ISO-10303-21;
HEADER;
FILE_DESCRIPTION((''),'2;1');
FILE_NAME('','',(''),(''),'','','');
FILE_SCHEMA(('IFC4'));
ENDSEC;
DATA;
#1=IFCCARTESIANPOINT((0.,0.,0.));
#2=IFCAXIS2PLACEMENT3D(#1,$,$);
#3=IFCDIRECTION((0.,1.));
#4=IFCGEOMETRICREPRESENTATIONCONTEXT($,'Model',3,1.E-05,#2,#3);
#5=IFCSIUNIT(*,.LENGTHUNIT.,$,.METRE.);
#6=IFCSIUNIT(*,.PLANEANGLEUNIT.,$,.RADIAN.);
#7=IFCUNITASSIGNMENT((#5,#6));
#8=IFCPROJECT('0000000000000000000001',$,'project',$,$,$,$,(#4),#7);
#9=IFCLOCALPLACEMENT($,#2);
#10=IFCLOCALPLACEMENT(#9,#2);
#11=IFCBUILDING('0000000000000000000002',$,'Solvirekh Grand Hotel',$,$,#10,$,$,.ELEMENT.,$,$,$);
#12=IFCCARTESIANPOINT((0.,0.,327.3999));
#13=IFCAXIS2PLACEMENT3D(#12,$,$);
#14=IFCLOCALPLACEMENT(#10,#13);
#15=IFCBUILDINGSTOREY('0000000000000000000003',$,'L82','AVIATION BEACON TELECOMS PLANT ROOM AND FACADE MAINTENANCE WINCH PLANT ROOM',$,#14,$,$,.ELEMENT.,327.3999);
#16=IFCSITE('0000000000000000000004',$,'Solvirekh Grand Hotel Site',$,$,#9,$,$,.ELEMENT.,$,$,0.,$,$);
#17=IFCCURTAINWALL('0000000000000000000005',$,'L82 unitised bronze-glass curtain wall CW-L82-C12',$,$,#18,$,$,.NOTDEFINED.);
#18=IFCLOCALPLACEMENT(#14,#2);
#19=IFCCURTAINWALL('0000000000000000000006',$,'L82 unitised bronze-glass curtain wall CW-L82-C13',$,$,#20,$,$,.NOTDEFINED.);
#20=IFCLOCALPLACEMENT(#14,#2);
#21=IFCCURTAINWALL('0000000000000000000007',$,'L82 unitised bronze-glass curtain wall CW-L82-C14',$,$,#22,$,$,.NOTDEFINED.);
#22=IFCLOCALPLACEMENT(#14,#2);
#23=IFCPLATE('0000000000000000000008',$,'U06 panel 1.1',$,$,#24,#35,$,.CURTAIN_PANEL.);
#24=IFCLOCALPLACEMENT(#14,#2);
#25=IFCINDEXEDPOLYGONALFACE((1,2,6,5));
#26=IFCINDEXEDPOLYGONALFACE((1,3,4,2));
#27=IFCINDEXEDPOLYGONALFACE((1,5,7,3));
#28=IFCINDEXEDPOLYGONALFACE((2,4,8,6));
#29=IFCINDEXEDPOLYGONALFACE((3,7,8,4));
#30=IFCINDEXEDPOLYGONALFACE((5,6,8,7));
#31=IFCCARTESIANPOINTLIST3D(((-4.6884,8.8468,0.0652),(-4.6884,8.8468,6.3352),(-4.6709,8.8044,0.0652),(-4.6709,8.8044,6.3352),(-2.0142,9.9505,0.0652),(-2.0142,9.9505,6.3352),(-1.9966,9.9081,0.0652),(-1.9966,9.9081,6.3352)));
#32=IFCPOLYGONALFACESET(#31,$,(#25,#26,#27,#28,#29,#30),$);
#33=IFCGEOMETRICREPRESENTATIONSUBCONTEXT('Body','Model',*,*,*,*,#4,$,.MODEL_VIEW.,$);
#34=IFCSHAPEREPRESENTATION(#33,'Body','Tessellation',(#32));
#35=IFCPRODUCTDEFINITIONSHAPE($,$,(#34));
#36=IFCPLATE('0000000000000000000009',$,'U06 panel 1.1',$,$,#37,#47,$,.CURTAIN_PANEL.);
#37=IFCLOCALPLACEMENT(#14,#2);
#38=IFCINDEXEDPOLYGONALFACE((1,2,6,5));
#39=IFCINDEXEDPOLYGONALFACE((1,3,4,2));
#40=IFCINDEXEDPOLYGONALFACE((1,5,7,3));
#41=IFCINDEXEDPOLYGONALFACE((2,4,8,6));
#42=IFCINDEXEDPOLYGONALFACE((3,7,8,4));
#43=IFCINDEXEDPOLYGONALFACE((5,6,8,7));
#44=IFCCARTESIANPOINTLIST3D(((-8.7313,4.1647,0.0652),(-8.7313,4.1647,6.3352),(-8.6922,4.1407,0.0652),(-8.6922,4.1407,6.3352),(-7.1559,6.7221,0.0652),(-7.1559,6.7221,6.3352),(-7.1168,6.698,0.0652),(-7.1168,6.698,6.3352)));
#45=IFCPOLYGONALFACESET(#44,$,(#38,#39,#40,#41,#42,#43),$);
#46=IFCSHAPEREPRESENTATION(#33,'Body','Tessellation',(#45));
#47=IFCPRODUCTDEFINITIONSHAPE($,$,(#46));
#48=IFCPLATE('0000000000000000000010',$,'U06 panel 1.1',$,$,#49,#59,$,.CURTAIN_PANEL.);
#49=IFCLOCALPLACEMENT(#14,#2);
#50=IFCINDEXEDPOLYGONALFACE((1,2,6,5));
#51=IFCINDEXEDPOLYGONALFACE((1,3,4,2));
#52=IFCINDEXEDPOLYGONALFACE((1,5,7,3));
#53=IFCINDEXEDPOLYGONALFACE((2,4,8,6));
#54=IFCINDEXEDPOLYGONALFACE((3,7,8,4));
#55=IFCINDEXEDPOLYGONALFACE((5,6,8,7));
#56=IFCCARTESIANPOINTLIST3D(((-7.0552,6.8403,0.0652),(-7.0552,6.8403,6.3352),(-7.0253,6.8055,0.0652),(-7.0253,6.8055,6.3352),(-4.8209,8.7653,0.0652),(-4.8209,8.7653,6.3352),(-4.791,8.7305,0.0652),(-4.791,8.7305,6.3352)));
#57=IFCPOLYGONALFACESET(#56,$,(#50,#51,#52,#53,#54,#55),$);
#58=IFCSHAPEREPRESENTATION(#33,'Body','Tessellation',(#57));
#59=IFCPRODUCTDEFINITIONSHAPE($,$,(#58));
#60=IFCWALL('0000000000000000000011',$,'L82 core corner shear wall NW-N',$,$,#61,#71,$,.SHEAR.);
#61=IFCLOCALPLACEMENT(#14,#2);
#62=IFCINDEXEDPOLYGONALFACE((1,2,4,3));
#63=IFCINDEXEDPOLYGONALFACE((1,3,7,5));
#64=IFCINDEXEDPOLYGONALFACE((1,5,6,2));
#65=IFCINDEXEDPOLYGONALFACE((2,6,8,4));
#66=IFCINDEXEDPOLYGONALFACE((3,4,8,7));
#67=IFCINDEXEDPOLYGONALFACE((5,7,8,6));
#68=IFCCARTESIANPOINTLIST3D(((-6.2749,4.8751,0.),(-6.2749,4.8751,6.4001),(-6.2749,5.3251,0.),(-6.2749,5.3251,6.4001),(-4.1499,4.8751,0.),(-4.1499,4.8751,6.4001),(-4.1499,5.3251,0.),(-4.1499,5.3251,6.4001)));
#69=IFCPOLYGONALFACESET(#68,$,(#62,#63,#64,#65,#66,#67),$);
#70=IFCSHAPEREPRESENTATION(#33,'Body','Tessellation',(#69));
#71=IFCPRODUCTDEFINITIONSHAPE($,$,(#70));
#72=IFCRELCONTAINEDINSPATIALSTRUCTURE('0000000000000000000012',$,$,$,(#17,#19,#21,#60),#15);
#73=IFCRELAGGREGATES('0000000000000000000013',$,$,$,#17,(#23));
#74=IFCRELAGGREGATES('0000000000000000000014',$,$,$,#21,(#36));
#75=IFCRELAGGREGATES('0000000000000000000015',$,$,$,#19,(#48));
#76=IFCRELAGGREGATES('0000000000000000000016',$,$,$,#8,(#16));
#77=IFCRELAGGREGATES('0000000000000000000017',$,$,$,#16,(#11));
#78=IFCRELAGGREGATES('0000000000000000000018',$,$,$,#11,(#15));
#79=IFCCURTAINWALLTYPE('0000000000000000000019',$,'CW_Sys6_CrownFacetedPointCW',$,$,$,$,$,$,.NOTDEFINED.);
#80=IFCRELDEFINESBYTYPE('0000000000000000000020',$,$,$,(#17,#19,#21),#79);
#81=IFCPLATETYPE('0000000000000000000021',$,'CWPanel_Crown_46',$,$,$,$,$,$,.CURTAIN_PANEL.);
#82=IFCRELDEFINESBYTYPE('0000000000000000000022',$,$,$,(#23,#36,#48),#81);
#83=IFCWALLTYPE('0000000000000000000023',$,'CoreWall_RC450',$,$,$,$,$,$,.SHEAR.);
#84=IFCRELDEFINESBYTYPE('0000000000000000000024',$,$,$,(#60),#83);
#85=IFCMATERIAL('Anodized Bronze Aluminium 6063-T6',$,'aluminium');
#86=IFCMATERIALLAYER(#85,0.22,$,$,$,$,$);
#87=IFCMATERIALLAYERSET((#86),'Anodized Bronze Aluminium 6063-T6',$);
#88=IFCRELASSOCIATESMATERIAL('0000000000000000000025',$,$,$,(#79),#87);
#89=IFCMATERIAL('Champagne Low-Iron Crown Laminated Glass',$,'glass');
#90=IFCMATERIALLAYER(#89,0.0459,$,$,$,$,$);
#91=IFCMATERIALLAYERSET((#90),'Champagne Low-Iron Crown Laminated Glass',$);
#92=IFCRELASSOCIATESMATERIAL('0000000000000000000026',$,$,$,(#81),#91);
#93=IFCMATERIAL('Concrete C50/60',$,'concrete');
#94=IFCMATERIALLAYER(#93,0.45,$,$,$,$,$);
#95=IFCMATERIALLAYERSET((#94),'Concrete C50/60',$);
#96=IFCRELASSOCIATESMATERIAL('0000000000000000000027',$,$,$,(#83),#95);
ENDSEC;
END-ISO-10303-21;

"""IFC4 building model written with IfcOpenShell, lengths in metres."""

from ifc_helpers import new_model, si_unit, direction, frame, frame_2d, origin, origin_2d, place, context, subcontext, project, spatial, rectangle, extrude, source, transform, mapped, material, layer, layer_set, type_object, element, aggregate, save


model = new_model("IFC4")

# Units and contexts
model_context = context("Model", 3, precision=1e-05, world=origin(), true_north=direction((0.0, 1.0)))
body_context = subcontext(model_context, "Body", "Model", "MODEL_VIEW")
ifc_project = project(units=[si_unit("LENGTHUNIT", "METRE"), si_unit("PLANEANGLEUNIT", "RADIAN")], contexts=[model_context])

# Site, building, storey
site_placement = place(None, origin())
site = spatial("IfcSite", under=ifc_project, at=site_placement, Name="Solvirekh Grand Hotel Site", CompositionType="ELEMENT", RefElevation=0.0)
building_placement = place(site_placement, origin())
building = spatial("IfcBuilding", under=site, at=building_placement, Name="Solvirekh Grand Hotel", CompositionType="ELEMENT")
storey_placement = place(building_placement, frame((0.0, 0.0, 327.3999)))
storey = spatial("IfcBuildingStorey", under=building, at=storey_placement, Name="L82", Description="AVIATION BEACON TELECOMS PLANT ROOM AND FACADE MAINTENANCE WINCH PLANT ROOM", CompositionType="ELEMENT", Elevation=327.3999)

# Shared definitions
ifc_material_1 = material(Name="Concrete C50/60", Category="concrete")

# Shared definitions
ifc_material_2 = material(Name="Anodized Bronze Aluminium 6063-T6", Category="aluminium")
ifc_layer_1 = layer(ifc_material_2, 0.22)
ifc_layer_set_1 = layer_set([ifc_layer_1], Name="Anodized Bronze Aluminium 6063-T6")
curtain_wall_type = type_object("IfcCurtainWallType", Name="CW_Sys6_CrownFacetedPointCW", PredefinedType="NOTDEFINED", material=ifc_layer_set_1)

# Curtain walls
curtain_wall_1_placement = place(storey_placement, origin())
curtain_wall_1 = element("IfcCurtainWall", 1, at=curtain_wall_1_placement, inside=storey, type_object=curtain_wall_type, Name="L82 unitised bronze-glass curtain wall CW-L82-C12", PredefinedType="NOTDEFINED")
curtain_wall_2_placement = place(storey_placement, origin())
curtain_wall_2 = element("IfcCurtainWall", 2, at=curtain_wall_2_placement, inside=storey, type_object=curtain_wall_type, Name="L82 unitised bronze-glass curtain wall CW-L82-C13", PredefinedType="NOTDEFINED")

# Curtain wall
curtain_wall_3_placement = place(storey_placement, origin())
curtain_wall_3 = element("IfcCurtainWall", 3, at=curtain_wall_3_placement, inside=storey, type_object=curtain_wall_type, Name="L82 unitised bronze-glass curtain wall CW-L82-C14", PredefinedType="NOTDEFINED")

# Plates
ifc_material_3 = material(Name="Champagne Low-Iron Crown Laminated Glass", Category="glass")
ifc_layer_2 = layer(ifc_material_3, 0.0459)
ifc_layer_set_2 = layer_set([ifc_layer_2], Name="Champagne Low-Iron Crown Laminated Glass")
plate_type_1 = type_object("IfcPlateType", Name="CWPanel_Crown_46", PredefinedType="CURTAIN_PANEL", material=ifc_layer_set_2)
shared_shape_1 = source(origin(), body_context, "Body", "SweptSolid", [
    extrude(rectangle(XDim=2.8931, YDim=0.0459, at=origin_2d()), origin(), (0.0, 0.0, 1.0), 6.27),
])
plate_1_placement = place(storey_placement, frame((-3.3425, 9.3774, 0.0652), z_axis=(0.0, 0.0, 1.0), x_axis=(-0.924365, -0.38151, 0.0)))
plate_1 = element("IfcPlate", 4, at=plate_1_placement, type_object=plate_type_1, Name="U06 panel 1.1", PredefinedType="CURTAIN_PANEL", context=body_context, shape_type="MappedRepresentation", body=[
    mapped(shared_shape_1, transform((0.0, 0.0, 0.0), x_axis=(1.0, 0.0, 0.0), y_axis=(0.0, 1.0, 0.0), z_axis=(0.0, 0.0, 1.0), scale=1.0)),
])
aggregate(curtain_wall_1, [plate_1])
shared_shape_2 = source(origin(), body_context, "Body", "SweptSolid", [
    extrude(rectangle(XDim=3.0037, YDim=0.0459, at=origin_2d()), origin(), (0.0, 0.0, 1.0), 6.27),
])
plate_2_placement = place(storey_placement, frame((-7.9241, 5.4314, 0.0652), z_axis=(0.0, 0.0, 1.0), x_axis=(-0.524487, -0.851419, 0.0)))
plate_2 = element("IfcPlate", 5, at=plate_2_placement, type_object=plate_type_1, Name="U06 panel 1.1", PredefinedType="CURTAIN_PANEL", context=body_context, shape_type="MappedRepresentation", body=[
    mapped(shared_shape_2, transform((0.0, 0.0, 0.0), x_axis=(1.0, 0.0, 0.0), y_axis=(0.0, 1.0, 0.0), z_axis=(0.0, 0.0, 1.0), scale=1.0)),
])
aggregate(curtain_wall_3, [plate_2])
shared_shape_3 = source(origin(), body_context, "Body", "SweptSolid", [
    extrude(rectangle(XDim=2.9492, YDim=0.0459, at=origin_2d()), origin(), (0.0, 0.0, 1.0), 6.27),
])
plate_3_placement = place(storey_placement, frame((-5.9231, 7.7854, 0.0652), z_axis=(0.0, 0.0, 1.0), x_axis=(-0.757592, -0.652729, 0.0)))
plate_3 = element("IfcPlate", 6, at=plate_3_placement, type_object=plate_type_1, Name="U06 panel 1.1", PredefinedType="CURTAIN_PANEL", context=body_context, shape_type="MappedRepresentation", body=[
    mapped(shared_shape_3, transform((0.0, 0.0, 0.0), x_axis=(1.0, 0.0, 0.0), y_axis=(0.0, 1.0, 0.0), z_axis=(0.0, 0.0, 1.0), scale=1.0)),
])
aggregate(curtain_wall_2, [plate_3])

# Wall
ifc_layer_3 = layer(ifc_material_1, 0.45)
ifc_layer_set_3 = layer_set([ifc_layer_3], Name="Concrete C50/60")
wall_type = type_object("IfcWallType", Name="CoreWall_RC450", PredefinedType="SHEAR", material=ifc_layer_set_3)
wall_placement = place(storey_placement, frame((-6.2749, 5.1001, 0.0), z_axis=(0.0, 0.0, 1.0), x_axis=(1.0, 0.0, 0.0)))
element("IfcWall", 7, at=wall_placement, inside=storey, type_object=wall_type, Name="L82 core corner shear wall NW-N", PredefinedType="SHEAR", context=body_context, shape_type="SweptSolid", body=[
    extrude(rectangle(XDim=2.125, YDim=0.45, at=frame_2d((1.0625, 0.0))), origin(), (0.0, 0.0, 1.0), 6.4001),
])

save(model, "model.ifc")
